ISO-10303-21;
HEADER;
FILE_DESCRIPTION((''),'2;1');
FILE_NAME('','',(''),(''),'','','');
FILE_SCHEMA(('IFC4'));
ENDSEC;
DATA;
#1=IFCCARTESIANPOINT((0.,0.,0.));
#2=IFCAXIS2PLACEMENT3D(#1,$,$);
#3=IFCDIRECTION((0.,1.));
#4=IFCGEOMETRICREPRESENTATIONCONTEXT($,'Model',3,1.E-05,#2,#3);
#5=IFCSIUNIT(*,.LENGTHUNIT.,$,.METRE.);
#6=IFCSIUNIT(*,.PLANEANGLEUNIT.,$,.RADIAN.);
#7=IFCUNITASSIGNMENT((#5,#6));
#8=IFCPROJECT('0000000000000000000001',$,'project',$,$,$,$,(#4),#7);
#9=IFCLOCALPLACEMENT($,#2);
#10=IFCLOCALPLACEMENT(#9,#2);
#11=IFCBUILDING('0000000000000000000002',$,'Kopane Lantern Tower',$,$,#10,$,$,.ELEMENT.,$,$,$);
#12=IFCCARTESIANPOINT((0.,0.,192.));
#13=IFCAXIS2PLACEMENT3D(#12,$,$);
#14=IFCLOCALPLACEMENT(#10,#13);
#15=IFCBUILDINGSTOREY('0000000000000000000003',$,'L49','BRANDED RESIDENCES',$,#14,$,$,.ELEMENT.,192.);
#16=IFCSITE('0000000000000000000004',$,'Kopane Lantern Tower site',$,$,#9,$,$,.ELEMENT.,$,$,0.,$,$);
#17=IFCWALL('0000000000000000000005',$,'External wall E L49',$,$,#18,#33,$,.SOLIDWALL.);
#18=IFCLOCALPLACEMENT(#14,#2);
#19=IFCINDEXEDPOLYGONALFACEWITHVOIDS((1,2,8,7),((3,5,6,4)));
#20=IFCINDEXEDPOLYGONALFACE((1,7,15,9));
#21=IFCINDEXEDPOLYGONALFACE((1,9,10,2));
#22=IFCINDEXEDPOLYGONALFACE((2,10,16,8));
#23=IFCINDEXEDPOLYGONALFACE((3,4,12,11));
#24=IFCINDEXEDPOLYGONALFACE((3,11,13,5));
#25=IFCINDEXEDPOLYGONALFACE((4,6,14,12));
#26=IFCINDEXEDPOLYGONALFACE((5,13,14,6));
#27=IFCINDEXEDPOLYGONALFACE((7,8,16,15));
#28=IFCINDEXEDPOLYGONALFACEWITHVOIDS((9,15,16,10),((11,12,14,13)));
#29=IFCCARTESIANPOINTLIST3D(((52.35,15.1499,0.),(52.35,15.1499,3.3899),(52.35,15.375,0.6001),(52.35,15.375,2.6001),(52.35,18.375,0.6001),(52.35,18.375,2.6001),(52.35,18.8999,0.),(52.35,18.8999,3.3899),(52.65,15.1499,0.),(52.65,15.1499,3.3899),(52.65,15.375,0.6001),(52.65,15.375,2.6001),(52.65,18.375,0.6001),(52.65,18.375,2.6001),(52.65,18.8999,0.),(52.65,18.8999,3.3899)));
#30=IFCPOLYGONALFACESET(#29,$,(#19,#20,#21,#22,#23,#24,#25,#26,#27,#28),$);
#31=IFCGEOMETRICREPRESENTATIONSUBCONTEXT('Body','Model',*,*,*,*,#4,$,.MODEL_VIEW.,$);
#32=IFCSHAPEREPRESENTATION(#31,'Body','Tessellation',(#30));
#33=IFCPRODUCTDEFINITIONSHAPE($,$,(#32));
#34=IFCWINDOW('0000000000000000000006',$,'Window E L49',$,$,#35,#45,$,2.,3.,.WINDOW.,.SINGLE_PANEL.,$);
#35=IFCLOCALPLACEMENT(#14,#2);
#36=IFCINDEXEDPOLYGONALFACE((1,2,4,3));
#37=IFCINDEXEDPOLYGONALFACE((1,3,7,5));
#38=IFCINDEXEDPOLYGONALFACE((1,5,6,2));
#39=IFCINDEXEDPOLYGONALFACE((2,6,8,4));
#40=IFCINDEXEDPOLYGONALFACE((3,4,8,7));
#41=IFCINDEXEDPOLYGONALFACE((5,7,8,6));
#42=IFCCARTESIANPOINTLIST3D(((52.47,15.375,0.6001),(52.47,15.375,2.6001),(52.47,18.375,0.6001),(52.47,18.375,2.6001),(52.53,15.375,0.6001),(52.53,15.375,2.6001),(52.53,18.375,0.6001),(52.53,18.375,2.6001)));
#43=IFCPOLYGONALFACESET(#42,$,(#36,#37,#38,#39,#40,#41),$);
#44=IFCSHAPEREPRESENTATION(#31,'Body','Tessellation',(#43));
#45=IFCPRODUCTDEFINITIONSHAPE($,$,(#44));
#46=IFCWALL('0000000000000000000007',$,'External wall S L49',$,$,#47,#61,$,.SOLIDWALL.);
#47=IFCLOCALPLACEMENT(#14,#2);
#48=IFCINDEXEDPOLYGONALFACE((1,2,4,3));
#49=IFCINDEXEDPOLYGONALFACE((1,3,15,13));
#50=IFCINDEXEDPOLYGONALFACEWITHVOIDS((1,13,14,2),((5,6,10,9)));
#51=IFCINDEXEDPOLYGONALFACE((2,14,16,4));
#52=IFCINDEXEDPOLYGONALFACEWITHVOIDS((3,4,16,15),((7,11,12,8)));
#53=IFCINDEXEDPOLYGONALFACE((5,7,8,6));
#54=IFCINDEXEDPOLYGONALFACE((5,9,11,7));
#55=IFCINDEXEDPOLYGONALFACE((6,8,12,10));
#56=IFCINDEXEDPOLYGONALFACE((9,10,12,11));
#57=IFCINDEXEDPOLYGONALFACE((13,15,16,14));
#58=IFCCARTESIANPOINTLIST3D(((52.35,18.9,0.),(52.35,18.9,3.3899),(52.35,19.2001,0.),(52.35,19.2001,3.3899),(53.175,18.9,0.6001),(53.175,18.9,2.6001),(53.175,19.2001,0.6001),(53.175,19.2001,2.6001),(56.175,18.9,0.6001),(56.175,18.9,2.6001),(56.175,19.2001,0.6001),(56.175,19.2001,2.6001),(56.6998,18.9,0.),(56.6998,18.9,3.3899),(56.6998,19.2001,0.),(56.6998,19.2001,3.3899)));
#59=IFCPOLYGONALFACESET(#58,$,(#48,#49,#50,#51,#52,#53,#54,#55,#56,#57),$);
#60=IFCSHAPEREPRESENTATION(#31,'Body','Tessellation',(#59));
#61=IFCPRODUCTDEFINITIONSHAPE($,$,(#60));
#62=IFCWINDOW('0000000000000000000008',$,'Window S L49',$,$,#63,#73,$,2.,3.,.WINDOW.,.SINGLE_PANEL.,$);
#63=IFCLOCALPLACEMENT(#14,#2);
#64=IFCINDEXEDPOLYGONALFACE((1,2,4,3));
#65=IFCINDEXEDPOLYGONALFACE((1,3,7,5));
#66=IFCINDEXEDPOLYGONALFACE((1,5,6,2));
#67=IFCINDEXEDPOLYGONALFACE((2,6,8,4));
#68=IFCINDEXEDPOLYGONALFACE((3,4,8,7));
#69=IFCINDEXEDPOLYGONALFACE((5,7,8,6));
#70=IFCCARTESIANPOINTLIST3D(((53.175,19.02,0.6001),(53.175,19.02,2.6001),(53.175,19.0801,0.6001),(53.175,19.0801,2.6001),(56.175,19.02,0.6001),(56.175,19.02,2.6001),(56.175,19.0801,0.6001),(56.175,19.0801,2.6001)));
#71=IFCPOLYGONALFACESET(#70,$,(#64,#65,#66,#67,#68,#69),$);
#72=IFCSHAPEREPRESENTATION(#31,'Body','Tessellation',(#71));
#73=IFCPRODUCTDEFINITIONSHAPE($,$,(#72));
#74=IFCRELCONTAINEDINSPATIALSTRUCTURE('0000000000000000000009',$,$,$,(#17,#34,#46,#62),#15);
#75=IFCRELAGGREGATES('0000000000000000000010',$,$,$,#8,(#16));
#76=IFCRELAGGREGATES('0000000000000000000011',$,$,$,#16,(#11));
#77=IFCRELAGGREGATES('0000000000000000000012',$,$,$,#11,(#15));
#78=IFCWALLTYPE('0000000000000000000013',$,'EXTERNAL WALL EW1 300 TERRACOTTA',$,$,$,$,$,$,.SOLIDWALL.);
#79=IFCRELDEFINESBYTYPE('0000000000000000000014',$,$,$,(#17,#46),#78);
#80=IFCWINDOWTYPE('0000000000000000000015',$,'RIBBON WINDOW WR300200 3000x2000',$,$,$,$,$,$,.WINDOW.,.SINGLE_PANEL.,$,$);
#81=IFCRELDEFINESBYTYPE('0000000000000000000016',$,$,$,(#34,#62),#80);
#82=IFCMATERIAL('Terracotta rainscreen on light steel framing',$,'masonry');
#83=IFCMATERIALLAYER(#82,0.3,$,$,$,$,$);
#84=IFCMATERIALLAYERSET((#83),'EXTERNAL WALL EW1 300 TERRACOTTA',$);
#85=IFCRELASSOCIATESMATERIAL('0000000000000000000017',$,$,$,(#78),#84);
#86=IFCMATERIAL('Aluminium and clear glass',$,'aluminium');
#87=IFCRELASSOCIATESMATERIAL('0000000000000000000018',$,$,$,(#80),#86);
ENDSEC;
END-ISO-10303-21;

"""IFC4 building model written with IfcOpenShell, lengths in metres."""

from ifc_helpers import new_model, si_unit, direction, frame, frame_2d, origin, place, context, subcontext, project, spatial, rectangle, extrude, material, layer, layer_set, type_object, element, fill, save


model = new_model("IFC4")

# Units and contexts
model_context = context("Model", 3, precision=1e-05, world=origin(), true_north=direction((0.0, 1.0)))
body_context = subcontext(model_context, "Body", "Model", "MODEL_VIEW")
ifc_project = project(units=[si_unit("LENGTHUNIT", "METRE"), si_unit("PLANEANGLEUNIT", "RADIAN")], contexts=[model_context])

# Site, building, storey
site_placement = place(None, origin())
site = spatial("IfcSite", under=ifc_project, at=site_placement, Name="Kopane Lantern Tower site", CompositionType="ELEMENT", RefElevation=0.0)
building_placement = place(site_placement, origin())
building = spatial("IfcBuilding", under=site, at=building_placement, Name="Kopane Lantern Tower", CompositionType="ELEMENT")
storey_placement = place(building_placement, frame((0.0, 0.0, 192.0)))
storey = spatial("IfcBuildingStorey", under=building, at=storey_placement, Name="L49", Description="BRANDED RESIDENCES", CompositionType="ELEMENT", Elevation=192.0)

# Walls, openings, windows
ifc_material_1 = material(Name="Terracotta rainscreen on light steel framing", Category="masonry")
ifc_layer_1 = layer(ifc_material_1, 0.3)
ifc_layer_set_1 = layer_set([ifc_layer_1], Name="EXTERNAL WALL EW1 300 TERRACOTTA")
wall_type_1 = type_object("IfcWallType", Name="EXTERNAL WALL EW1 300 TERRACOTTA", PredefinedType="SOLIDWALL", material=ifc_layer_set_1)
ifc_material_2 = material(Name="Aluminium and clear glass", Category="aluminium")
window_type = type_object("IfcWindowType", Name="RIBBON WINDOW WR300200 3000x2000", PartitioningType="SINGLE_PANEL", PredefinedType="WINDOW", material=ifc_material_2)
wall_1_placement = place(storey_placement, frame((52.5, 15.1499, 0.0), z_axis=(0.0, 0.0, 1.0), x_axis=(0.0, 1.0, 0.0)))
wall_1 = element("IfcWall", 1, at=wall_1_placement, inside=storey, type_object=wall_type_1, Name="External wall E L49", PredefinedType="SOLIDWALL", context=body_context, shape_type="SweptSolid", body=[
    extrude(rectangle(XDim=3.75, YDim=0.3, at=frame_2d((1.875, 0.0))), origin(), (0.0, 0.0, 1.0), 3.3899),
])
opening_1_placement = place(wall_1_placement, frame((0.2251, 0.0, 0.6001)))
opening_1 = element("IfcOpeningElement", 2, at=opening_1_placement, cuts=wall_1, PredefinedType="OPENING", context=body_context, shape_type="SweptSolid", body=[
    extrude(rectangle(XDim=3.0, YDim=2.0, at=frame_2d((1.5, 1.0))), frame((0.0, 0.1599, 0.0), z_axis=(0.0, -1.0, 0.0), x_axis=(1.0, 0.0, 0.0)), (0.0, 0.0, 1.0), 0.3201),
])
window_1_placement = place(opening_1_placement, origin())
window_1 = element("IfcWindow", 3, at=window_1_placement, inside=storey, type_object=window_type, Name="Window E L49", OverallHeight=2.0, OverallWidth=3.0, PartitioningType="SINGLE_PANEL", PredefinedType="WINDOW", context=body_context, shape_type="SweptSolid", body=[
    extrude(rectangle(XDim=3.0, YDim=2.0, at=frame_2d((1.5, 1.0))), frame((0.0, 0.03, 0.0), z_axis=(0.0, -1.0, 0.0), x_axis=(1.0, 0.0, 0.0)), (0.0, 0.0, 1.0), 0.0601),
])
fill(opening_1, window_1)
wall_2_placement = place(storey_placement, frame((52.3501, 19.05, 0.0), z_axis=(0.0, 0.0, 1.0), x_axis=(1.0, 0.0, 0.0)))
wall_2 = element("IfcWall", 4, at=wall_2_placement, inside=storey, type_object=wall_type_1, Name="External wall S L49", PredefinedType="SOLIDWALL", context=body_context, shape_type="SweptSolid", body=[
    extrude(rectangle(XDim=4.3499, YDim=0.3, at=frame_2d((2.1748, 0.0))), origin(), (0.0, 0.0, 1.0), 3.3899),
])
opening_2_placement = place(wall_2_placement, frame((0.825, 0.0, 0.6001)))
opening_2 = element("IfcOpeningElement", 5, at=opening_2_placement, cuts=wall_2, PredefinedType="OPENING", context=body_context, shape_type="SweptSolid", body=[
    extrude(rectangle(XDim=3.0, YDim=2.0, at=frame_2d((1.5, 1.0))), frame((0.0, 0.1599, 0.0), z_axis=(0.0, -1.0, 0.0), x_axis=(1.0, 0.0, 0.0)), (0.0, 0.0, 1.0), 0.3201),
])
window_2_placement = place(opening_2_placement, origin())
window_2 = element("IfcWindow", 6, at=window_2_placement, inside=storey, type_object=window_type, Name="Window S L49", OverallHeight=2.0, OverallWidth=3.0, PartitioningType="SINGLE_PANEL", PredefinedType="WINDOW", context=body_context, shape_type="SweptSolid", body=[
    extrude(rectangle(XDim=3.0, YDim=2.0, at=frame_2d((1.5, 1.0))), frame((0.0, 0.03, 0.0), z_axis=(0.0, -1.0, 0.0), x_axis=(1.0, 0.0, 0.0)), (0.0, 0.0, 1.0), 0.0601),
])
fill(opening_2, window_2)

save(model, "model.ifc")
